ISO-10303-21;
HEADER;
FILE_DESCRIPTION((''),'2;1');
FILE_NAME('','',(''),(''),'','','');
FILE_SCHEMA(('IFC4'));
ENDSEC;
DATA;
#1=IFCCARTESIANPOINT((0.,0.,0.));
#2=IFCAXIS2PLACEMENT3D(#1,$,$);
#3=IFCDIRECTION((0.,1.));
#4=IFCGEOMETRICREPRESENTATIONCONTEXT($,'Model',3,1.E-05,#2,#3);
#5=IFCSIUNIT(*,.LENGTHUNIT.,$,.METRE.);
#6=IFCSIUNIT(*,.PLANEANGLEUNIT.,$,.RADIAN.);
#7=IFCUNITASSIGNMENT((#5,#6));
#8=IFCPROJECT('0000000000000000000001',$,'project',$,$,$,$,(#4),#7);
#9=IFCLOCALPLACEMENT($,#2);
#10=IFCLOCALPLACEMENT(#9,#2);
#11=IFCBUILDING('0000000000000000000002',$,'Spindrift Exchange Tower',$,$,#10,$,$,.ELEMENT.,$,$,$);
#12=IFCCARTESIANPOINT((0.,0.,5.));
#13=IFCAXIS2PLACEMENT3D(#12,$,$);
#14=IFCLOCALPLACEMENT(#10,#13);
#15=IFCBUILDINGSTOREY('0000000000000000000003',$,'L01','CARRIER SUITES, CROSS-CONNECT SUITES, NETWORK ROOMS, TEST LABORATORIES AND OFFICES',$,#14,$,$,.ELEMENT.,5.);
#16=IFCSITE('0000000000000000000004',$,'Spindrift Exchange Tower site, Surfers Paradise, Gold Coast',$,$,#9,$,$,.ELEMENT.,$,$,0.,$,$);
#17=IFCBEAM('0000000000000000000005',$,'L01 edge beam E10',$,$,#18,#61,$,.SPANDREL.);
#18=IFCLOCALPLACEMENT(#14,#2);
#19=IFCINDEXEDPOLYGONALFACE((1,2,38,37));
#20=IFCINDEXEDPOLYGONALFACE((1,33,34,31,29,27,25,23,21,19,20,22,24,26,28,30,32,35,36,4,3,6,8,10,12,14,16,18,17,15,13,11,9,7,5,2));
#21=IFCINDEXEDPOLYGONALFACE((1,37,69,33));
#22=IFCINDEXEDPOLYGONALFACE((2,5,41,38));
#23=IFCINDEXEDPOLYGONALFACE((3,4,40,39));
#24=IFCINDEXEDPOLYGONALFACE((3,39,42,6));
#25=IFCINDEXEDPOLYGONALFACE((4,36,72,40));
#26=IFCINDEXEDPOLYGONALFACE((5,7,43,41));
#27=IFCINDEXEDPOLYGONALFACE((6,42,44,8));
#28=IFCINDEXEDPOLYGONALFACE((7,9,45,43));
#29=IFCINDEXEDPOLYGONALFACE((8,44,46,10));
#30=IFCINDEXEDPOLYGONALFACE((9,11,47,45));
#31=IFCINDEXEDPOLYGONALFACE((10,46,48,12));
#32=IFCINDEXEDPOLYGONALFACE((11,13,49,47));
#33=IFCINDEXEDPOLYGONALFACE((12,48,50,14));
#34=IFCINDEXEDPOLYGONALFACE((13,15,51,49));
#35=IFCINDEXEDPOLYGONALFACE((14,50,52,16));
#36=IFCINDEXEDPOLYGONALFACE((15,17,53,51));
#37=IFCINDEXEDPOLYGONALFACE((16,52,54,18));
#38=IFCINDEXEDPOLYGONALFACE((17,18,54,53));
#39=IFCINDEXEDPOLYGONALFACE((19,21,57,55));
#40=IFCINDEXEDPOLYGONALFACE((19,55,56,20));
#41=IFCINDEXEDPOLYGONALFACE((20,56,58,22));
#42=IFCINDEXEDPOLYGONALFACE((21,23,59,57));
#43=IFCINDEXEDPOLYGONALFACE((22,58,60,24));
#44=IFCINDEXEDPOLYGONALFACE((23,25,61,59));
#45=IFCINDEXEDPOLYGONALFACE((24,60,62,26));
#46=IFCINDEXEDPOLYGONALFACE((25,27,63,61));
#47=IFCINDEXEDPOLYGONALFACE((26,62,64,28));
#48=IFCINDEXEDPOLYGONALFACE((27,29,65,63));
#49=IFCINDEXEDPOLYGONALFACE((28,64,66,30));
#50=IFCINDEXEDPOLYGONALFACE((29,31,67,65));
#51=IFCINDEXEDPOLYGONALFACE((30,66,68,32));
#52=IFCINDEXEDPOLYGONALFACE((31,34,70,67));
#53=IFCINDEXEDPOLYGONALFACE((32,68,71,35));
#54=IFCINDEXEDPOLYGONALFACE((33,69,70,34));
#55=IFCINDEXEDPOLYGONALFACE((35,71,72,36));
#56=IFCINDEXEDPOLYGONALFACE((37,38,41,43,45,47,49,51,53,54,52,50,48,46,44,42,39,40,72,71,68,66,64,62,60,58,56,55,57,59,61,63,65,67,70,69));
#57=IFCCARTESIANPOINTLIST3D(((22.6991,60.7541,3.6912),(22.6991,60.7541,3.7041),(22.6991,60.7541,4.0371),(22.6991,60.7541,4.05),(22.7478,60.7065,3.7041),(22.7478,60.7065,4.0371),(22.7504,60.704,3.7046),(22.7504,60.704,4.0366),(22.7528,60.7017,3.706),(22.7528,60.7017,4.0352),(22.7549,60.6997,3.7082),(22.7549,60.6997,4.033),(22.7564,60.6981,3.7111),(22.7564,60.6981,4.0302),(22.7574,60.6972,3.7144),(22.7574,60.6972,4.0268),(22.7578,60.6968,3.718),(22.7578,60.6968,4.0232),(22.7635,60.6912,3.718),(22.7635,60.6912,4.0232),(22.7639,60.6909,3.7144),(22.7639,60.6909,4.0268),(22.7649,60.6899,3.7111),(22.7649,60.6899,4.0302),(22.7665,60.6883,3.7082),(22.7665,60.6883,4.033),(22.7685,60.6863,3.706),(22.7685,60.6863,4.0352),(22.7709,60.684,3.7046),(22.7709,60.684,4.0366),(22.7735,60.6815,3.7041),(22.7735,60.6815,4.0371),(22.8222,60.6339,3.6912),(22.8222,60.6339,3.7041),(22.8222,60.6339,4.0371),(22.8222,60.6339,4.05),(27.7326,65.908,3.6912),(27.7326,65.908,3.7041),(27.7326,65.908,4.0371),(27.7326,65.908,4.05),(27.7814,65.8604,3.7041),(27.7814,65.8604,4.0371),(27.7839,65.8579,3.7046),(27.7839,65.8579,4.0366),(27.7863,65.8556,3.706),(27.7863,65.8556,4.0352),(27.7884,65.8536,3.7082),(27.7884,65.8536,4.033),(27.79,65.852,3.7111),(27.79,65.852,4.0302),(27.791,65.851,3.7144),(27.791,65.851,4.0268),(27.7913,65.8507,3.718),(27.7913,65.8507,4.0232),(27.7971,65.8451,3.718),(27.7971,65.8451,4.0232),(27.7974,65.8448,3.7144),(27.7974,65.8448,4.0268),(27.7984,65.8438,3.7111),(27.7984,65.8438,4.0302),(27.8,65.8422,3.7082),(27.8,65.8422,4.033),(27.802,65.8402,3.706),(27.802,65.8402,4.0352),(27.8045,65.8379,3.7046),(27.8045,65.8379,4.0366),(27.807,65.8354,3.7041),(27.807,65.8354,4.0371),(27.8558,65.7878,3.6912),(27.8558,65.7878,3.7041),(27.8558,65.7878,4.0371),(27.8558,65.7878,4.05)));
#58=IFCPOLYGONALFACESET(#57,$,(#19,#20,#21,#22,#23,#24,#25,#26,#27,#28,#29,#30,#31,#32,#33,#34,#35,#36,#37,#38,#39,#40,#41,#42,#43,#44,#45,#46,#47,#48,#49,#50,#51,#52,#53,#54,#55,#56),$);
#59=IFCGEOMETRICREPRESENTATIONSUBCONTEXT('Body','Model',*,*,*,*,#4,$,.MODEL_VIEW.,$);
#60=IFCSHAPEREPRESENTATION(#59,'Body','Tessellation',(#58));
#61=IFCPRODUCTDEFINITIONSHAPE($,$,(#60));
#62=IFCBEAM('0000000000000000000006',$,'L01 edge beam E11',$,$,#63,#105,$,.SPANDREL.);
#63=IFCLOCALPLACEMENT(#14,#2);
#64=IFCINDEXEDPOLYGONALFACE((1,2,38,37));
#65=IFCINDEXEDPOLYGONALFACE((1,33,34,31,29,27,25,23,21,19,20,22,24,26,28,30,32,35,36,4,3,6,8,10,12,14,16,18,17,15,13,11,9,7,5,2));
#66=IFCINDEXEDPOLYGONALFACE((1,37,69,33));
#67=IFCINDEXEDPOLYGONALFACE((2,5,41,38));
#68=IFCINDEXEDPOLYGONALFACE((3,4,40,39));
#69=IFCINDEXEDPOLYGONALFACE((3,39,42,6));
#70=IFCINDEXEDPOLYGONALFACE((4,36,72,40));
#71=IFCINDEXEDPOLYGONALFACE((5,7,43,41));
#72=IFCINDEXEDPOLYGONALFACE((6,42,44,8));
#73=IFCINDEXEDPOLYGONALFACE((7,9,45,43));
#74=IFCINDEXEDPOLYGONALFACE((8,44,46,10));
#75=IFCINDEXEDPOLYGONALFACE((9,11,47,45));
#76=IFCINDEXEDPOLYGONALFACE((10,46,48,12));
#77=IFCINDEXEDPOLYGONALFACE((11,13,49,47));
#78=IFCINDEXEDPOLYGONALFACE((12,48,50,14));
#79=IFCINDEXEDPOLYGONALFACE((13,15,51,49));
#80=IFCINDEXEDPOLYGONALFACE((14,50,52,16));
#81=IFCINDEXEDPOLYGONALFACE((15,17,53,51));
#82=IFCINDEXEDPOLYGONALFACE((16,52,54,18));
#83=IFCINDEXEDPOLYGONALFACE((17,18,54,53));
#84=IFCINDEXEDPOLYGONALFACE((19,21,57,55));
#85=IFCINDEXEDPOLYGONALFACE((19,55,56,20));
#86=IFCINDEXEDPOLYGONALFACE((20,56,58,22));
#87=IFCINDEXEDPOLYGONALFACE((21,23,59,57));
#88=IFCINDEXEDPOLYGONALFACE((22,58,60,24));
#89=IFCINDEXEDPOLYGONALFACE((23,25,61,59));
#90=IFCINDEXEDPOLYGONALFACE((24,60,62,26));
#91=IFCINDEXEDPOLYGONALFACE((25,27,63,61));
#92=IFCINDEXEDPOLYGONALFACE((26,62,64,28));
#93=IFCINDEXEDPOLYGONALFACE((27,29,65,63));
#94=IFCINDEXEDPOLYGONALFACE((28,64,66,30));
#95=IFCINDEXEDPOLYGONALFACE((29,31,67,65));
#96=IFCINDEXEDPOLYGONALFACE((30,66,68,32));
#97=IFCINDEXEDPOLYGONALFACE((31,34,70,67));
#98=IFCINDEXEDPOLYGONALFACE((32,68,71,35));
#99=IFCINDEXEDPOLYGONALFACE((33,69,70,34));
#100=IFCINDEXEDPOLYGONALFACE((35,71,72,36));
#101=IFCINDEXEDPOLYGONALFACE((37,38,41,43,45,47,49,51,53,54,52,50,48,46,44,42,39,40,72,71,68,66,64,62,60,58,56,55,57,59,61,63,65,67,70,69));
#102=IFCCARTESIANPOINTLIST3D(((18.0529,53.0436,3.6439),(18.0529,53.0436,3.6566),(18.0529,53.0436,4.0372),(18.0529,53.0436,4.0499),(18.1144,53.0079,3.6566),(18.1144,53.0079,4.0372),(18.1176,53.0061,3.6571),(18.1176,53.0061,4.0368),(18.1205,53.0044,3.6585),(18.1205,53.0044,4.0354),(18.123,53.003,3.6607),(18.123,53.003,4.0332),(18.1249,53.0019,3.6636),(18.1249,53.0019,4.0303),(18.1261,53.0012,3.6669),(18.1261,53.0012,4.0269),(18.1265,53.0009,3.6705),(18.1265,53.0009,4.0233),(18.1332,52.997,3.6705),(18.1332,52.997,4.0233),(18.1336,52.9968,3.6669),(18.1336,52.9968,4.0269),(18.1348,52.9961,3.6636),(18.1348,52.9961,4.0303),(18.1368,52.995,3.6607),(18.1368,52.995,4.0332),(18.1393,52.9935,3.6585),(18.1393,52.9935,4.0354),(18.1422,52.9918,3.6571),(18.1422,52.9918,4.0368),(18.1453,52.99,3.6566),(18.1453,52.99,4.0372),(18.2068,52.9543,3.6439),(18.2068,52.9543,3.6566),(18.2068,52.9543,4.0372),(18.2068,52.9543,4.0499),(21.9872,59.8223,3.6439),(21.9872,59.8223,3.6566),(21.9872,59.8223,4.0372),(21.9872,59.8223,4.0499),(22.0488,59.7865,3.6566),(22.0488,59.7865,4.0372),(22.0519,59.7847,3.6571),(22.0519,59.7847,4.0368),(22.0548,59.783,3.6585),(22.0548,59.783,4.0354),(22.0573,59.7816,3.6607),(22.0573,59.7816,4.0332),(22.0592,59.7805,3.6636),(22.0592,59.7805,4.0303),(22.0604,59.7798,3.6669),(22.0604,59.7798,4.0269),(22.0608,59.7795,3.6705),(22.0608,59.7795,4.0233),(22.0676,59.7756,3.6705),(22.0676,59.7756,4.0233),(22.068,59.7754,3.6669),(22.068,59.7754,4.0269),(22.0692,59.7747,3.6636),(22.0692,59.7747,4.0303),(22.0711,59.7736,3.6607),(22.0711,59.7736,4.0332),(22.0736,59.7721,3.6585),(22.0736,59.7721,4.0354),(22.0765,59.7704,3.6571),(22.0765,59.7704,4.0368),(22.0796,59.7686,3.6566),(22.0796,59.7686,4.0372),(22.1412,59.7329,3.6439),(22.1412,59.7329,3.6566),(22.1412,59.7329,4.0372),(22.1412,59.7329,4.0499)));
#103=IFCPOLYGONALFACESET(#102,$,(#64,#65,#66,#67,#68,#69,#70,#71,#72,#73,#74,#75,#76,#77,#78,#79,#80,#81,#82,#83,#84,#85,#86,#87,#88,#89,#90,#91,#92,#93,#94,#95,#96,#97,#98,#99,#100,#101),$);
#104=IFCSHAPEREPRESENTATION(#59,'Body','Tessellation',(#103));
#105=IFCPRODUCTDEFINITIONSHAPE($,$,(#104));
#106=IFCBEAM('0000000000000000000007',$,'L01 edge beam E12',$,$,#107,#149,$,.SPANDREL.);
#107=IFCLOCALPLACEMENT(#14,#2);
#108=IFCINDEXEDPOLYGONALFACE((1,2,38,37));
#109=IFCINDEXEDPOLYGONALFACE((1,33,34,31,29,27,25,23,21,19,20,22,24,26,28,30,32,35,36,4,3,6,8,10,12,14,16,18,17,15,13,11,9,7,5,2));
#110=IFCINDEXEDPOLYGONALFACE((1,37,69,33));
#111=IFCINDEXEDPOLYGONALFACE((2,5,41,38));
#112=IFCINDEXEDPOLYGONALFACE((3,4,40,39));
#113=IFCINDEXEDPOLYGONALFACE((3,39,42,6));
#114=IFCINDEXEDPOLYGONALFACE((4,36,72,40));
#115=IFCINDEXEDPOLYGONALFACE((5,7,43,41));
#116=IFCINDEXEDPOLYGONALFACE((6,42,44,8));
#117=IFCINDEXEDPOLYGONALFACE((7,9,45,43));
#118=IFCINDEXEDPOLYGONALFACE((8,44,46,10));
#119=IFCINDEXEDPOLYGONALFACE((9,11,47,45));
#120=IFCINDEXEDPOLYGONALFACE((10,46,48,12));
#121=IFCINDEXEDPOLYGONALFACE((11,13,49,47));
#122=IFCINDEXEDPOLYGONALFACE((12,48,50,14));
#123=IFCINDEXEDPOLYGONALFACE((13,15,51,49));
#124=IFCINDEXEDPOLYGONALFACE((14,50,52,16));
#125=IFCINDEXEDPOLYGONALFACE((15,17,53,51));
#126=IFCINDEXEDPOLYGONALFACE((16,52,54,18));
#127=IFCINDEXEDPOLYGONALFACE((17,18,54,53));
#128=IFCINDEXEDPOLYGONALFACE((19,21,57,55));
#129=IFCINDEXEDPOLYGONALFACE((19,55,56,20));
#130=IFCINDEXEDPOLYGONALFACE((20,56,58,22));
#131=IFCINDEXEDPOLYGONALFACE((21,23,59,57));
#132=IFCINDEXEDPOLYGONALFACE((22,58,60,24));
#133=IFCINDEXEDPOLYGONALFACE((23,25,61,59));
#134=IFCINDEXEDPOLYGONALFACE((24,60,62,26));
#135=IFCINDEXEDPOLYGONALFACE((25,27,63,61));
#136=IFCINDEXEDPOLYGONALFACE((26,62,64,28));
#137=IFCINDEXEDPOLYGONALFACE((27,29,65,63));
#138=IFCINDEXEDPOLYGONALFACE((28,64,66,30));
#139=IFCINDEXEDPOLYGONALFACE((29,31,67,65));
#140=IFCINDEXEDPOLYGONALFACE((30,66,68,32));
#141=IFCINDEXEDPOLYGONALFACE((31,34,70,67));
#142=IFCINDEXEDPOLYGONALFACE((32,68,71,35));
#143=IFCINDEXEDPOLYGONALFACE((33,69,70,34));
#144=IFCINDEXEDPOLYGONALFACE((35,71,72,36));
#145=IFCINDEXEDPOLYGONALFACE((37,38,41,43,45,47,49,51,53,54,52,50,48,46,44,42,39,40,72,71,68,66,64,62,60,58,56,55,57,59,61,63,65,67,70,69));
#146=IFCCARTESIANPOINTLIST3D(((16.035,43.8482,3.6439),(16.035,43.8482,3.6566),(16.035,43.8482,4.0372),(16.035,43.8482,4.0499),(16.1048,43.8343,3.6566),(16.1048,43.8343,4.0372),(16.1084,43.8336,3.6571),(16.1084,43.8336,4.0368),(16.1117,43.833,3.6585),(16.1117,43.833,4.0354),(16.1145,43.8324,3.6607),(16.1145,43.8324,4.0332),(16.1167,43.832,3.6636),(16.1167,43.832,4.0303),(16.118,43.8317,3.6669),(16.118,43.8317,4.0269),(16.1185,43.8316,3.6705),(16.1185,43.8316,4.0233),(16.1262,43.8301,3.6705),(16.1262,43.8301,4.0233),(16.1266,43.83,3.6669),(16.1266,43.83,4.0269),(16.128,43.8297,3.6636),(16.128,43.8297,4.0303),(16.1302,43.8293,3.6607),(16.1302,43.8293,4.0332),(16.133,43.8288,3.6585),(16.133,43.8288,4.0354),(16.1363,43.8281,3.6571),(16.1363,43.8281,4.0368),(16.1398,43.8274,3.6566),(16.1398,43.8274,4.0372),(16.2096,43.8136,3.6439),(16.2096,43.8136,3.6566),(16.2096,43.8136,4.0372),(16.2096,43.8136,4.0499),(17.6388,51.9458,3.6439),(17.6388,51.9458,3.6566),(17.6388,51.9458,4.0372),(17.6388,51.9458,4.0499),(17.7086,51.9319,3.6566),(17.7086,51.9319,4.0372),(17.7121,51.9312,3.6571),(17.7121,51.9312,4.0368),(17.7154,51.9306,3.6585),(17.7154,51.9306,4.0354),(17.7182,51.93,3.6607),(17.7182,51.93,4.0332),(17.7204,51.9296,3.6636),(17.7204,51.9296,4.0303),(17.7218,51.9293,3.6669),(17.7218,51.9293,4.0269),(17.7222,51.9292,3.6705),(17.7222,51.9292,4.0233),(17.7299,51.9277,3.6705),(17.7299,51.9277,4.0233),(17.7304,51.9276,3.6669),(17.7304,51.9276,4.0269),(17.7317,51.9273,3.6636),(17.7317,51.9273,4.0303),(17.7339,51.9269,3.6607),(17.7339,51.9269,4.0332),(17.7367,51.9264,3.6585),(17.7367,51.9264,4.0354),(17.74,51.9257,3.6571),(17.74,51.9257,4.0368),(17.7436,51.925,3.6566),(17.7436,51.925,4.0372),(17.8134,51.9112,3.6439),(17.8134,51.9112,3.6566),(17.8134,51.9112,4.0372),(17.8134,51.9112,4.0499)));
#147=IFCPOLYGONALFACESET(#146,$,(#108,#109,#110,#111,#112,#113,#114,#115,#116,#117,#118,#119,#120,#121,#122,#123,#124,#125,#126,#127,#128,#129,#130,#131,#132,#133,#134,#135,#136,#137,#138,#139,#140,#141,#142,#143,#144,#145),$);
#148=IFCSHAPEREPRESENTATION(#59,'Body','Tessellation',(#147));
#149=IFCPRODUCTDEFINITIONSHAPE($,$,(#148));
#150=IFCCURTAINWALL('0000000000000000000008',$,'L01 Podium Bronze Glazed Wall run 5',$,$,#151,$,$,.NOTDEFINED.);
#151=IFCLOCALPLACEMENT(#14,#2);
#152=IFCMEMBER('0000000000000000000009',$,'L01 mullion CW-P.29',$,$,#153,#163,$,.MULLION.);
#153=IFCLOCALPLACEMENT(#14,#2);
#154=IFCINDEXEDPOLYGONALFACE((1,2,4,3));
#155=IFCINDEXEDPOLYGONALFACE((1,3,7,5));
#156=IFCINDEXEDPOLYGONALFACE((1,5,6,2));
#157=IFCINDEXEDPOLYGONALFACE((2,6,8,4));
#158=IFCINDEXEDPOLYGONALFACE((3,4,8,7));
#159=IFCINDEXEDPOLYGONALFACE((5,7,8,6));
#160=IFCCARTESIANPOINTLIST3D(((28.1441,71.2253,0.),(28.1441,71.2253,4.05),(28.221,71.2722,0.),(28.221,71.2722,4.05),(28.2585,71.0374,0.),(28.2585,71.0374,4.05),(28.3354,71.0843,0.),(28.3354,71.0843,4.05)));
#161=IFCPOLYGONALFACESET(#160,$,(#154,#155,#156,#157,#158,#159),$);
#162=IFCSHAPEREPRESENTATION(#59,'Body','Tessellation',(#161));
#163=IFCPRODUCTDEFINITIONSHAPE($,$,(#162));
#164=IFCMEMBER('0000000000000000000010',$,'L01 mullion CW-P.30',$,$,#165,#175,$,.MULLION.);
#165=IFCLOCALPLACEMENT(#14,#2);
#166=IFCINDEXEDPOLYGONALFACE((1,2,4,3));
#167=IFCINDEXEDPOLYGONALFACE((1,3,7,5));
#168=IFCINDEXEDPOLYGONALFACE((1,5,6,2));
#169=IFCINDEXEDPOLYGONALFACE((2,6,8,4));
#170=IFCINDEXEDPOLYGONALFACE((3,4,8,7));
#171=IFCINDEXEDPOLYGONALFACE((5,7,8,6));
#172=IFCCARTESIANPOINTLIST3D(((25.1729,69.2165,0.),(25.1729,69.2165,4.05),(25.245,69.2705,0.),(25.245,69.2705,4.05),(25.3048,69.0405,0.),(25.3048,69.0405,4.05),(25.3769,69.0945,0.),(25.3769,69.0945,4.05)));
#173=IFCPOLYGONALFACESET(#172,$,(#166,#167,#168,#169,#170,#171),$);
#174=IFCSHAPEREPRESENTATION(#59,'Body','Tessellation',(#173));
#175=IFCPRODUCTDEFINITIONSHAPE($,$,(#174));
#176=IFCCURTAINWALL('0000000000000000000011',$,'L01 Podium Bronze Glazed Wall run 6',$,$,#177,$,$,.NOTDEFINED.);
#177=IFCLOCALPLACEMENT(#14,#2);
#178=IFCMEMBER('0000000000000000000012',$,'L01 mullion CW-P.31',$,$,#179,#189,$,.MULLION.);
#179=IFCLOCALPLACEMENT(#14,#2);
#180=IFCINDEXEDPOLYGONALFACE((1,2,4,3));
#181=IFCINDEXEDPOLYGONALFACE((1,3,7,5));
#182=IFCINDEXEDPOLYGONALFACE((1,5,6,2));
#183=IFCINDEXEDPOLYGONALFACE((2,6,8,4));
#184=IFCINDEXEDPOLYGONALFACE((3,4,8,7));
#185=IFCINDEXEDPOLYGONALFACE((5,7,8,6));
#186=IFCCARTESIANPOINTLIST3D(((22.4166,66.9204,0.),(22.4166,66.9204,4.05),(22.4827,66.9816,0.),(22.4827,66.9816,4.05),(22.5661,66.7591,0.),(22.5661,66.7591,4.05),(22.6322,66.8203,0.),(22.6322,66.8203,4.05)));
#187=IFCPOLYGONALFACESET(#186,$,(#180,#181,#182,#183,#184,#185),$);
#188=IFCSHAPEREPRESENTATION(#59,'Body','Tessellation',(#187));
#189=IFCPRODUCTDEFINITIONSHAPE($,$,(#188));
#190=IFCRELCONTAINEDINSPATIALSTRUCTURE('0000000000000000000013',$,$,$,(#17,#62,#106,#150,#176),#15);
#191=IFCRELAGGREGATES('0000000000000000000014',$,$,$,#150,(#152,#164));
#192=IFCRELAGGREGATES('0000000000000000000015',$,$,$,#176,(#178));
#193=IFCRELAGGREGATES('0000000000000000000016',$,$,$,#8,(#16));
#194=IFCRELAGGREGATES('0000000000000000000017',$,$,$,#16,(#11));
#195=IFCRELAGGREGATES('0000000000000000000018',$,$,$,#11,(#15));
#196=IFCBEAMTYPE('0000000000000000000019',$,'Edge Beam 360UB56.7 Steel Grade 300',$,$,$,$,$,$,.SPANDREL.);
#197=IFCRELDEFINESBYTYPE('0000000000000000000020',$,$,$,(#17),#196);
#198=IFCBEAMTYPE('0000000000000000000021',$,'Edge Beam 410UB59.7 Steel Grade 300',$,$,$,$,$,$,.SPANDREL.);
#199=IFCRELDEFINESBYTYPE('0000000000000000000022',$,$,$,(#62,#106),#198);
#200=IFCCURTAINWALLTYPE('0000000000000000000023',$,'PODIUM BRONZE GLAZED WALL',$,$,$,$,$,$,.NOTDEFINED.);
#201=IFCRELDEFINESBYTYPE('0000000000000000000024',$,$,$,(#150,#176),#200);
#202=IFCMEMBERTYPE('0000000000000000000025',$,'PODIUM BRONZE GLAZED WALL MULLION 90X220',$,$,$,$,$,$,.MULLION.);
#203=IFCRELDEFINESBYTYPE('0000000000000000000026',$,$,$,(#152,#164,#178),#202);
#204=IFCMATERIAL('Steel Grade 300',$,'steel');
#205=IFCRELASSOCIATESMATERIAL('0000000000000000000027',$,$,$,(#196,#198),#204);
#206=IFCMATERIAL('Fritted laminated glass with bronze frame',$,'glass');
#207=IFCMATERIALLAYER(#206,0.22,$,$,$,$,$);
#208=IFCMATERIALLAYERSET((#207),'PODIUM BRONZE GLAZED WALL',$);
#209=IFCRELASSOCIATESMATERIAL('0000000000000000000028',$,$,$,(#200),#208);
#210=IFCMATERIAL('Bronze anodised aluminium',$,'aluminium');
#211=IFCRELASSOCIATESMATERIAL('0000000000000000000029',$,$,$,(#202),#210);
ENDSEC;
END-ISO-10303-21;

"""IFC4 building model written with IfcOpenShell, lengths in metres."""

from ifc_helpers import new_model, si_unit, direction, frame, origin, origin_2d, place, context, subcontext, project, spatial, rectangle, i_section, extrude, source, transform, mapped, material, layer, layer_set, material_profile, profile_set, type_object, element, aggregate, save


model = new_model("IFC4")

# Units and contexts
model_context = context("Model", 3, precision=1e-05, world=origin(), true_north=direction((0.0, 1.0)))
body_context = subcontext(model_context, "Body", "Model", "MODEL_VIEW")
ifc_project = project(units=[si_unit("LENGTHUNIT", "METRE"), si_unit("PLANEANGLEUNIT", "RADIAN")], contexts=[model_context])

# Site, building, storey
site_placement = place(None, origin())
site = spatial("IfcSite", under=ifc_project, at=site_placement, Name="Spindrift Exchange Tower site, Surfers Paradise, Gold Coast", CompositionType="ELEMENT", RefElevation=0.0)
building_placement = place(site_placement, origin())
building = spatial("IfcBuilding", under=site, at=building_placement, Name="Spindrift Exchange Tower", CompositionType="ELEMENT")
storey_placement = place(building_placement, frame((0.0, 0.0, 5.0)))
storey = spatial("IfcBuildingStorey", under=building, at=storey_placement, Name="L01", Description="CARRIER SUITES, CROSS-CONNECT SUITES, NETWORK ROOMS, TEST LABORATORIES AND OFFICES", CompositionType="ELEMENT", Elevation=5.0)

# Beams
ifc_material_1 = material(Name="Steel Grade 300", Category="steel")
ifc_material_profile_1 = material_profile(ifc_material_1, i_section(OverallWidth=0.1721, OverallDepth=0.3589, WebThickness=0.0081, FlangeThickness=0.0129, FilletRadius=0.0139, at=origin_2d()), Name="360UB56.7")
ifc_profile_set_1 = profile_set([ifc_material_profile_1], Name="Steel Grade 300")
beam_type_1 = type_object("IfcBeamType", Name="Edge Beam 360UB56.7 Steel Grade 300", PredefinedType="SPANDREL", material=ifc_profile_set_1)
shared_shape_1 = source(origin(), body_context, "Body", "SweptSolid", [
    extrude(i_section(OverallWidth=0.1721, OverallDepth=0.3589, WebThickness=0.0081, FlangeThickness=0.0129, FilletRadius=0.0139, at=origin_2d()), origin(), (0.0, 0.0, 1.0), 7.2041),
])
beam_1_placement = place(storey_placement, frame((27.7942, 65.8479, 3.8706), z_axis=(-0.698704, -0.715411, 0.0), x_axis=(0.715411, -0.698704, 0.0)))
element("IfcBeam", 1, at=beam_1_placement, inside=storey, type_object=beam_type_1, Name="L01 edge beam E10", PredefinedType="SPANDREL", context=body_context, shape_type="MappedRepresentation", body=[
    mapped(shared_shape_1, transform((0.0, 0.0, 0.0), scale=1.0)),
])
ifc_material_profile_2 = material_profile(ifc_material_1, i_section(OverallWidth=0.178, OverallDepth=0.406, WebThickness=0.0078, FlangeThickness=0.0127, FilletRadius=0.0139, at=origin_2d()), Name="410UB59.7")
ifc_profile_set_2 = profile_set([ifc_material_profile_2], Name="Steel Grade 300")
beam_type_2 = type_object("IfcBeamType", Name="Edge Beam 410UB59.7 Steel Grade 300", PredefinedType="SPANDREL", material=ifc_profile_set_2)
shared_shape_2 = source(origin(), body_context, "Body", "SweptSolid", [
    extrude(i_section(OverallWidth=0.178, OverallDepth=0.406, WebThickness=0.0078, FlangeThickness=0.0127, FilletRadius=0.0139, at=origin_2d()), origin(), (0.0, 0.0, 1.0), 7.8376),
])
beam_2_placement = place(storey_placement, frame((22.0642, 59.7776, 3.8469), z_axis=(-0.501981, -0.864878, 0.0), x_axis=(0.864878, -0.501981, 0.0)))
element("IfcBeam", 2, at=beam_2_placement, inside=storey, type_object=beam_type_2, Name="L01 edge beam E11", PredefinedType="SPANDREL", context=body_context, shape_type="MappedRepresentation", body=[
    mapped(shared_shape_2, transform((0.0, 0.0, 0.0), scale=1.0)),
])
shared_shape_3 = source(origin(), body_context, "Body", "SweptSolid", [
    extrude(i_section(OverallWidth=0.178, OverallDepth=0.406, WebThickness=0.0078, FlangeThickness=0.0127, FilletRadius=0.0139, at=origin_2d()), origin(), (0.0, 0.0, 1.0), 8.2549),
])
beam_3_placement = place(storey_placement, frame((17.7261, 51.9285, 3.8469), z_axis=(-0.194279, -0.980946, 0.0), x_axis=(0.980946, -0.194279, 0.0)))
element("IfcBeam", 3, at=beam_3_placement, inside=storey, type_object=beam_type_2, Name="L01 edge beam E12", PredefinedType="SPANDREL", context=body_context, shape_type="MappedRepresentation", body=[
    mapped(shared_shape_3, transform((0.0, 0.0, 0.0), scale=1.0)),
])

# Curtain walls, members
ifc_material_2 = material(Name="Fritted laminated glass with bronze frame", Category="glass")
ifc_layer_1 = layer(ifc_material_2, 0.22)
ifc_layer_set_1 = layer_set([ifc_layer_1], Name="PODIUM BRONZE GLAZED WALL")
curtain_wall_type = type_object("IfcCurtainWallType", Name="PODIUM BRONZE GLAZED WALL", PredefinedType="NOTDEFINED", material=ifc_layer_set_1)
curtain_wall_1_placement = place(storey_placement, origin())
curtain_wall_1 = element("IfcCurtainWall", 4, at=curtain_wall_1_placement, inside=storey, type_object=curtain_wall_type, Name="L01 Podium Bronze Glazed Wall run 5", PredefinedType="NOTDEFINED")
ifc_material_3 = material(Name="Bronze anodised aluminium", Category="aluminium")
ifc_material_profile_3 = material_profile(ifc_material_3, rectangle(XDim=0.0901, YDim=0.22, at=origin_2d()), Name="PODIUM BRONZE GLAZED WALL MULLION 90X220")
ifc_profile_set_3 = profile_set([ifc_material_profile_3], Name="Bronze anodised aluminium")
member_type_1 = type_object("IfcMemberType", Name="PODIUM BRONZE GLAZED WALL MULLION 90X220", PredefinedType="MULLION", material=ifc_profile_set_3)
shared_shape_4 = source(origin(), body_context, "Body", "SweptSolid", [
    extrude(rectangle(XDim=0.0901, YDim=0.22, at=origin_2d()), origin(), (0.0, 0.0, 1.0), 4.05),
])
member_1_placement = place(storey_placement, frame((28.2397, 71.1548, 0.0), z_axis=(0.0, 0.0, 1.0), x_axis=(-0.854176, -0.519984, 0.0)))
member_1 = element("IfcMember", 5, at=member_1_placement, type_object=member_type_1, Name="L01 mullion CW-P.29", PredefinedType="MULLION", context=body_context, shape_type="MappedRepresentation", body=[
    mapped(shared_shape_4, transform((0.0, 0.0, 0.0), scale=1.0)),
])
member_2_placement = place(storey_placement, frame((25.2749, 69.1555, 0.0), z_axis=(0.0, 0.0, 1.0), x_axis=(-0.800125, -0.599833, 0.0)))
member_2 = element("IfcMember", 6, at=member_2_placement, type_object=member_type_1, Name="L01 mullion CW-P.30", PredefinedType="MULLION", context=body_context, shape_type="MappedRepresentation", body=[
    mapped(shared_shape_4, transform((0.0, 0.0, 0.0), scale=1.0)),
])
curtain_wall_2_placement = place(storey_placement, origin())
curtain_wall_2 = element("IfcCurtainWall", 7, at=curtain_wall_2_placement, inside=storey, type_object=curtain_wall_type, Name="L01 Podium Bronze Glazed Wall run 6", PredefinedType="NOTDEFINED")
member_3_placement = place(storey_placement, frame((22.5244, 66.8704, 0.0), z_axis=(0.0, 0.0, 1.0), x_axis=(-0.733434, -0.679761, 0.0)))
member_3 = element("IfcMember", 8, at=member_3_placement, type_object=member_type_1, Name="L01 mullion CW-P.31", PredefinedType="MULLION", context=body_context, shape_type="MappedRepresentation", body=[
    mapped(shared_shape_4, transform((0.0, 0.0, 0.0), scale=1.0)),
])

aggregate(curtain_wall_1, [member_1, member_2])
aggregate(curtain_wall_2, [member_3])

save(model, "model.ifc")
